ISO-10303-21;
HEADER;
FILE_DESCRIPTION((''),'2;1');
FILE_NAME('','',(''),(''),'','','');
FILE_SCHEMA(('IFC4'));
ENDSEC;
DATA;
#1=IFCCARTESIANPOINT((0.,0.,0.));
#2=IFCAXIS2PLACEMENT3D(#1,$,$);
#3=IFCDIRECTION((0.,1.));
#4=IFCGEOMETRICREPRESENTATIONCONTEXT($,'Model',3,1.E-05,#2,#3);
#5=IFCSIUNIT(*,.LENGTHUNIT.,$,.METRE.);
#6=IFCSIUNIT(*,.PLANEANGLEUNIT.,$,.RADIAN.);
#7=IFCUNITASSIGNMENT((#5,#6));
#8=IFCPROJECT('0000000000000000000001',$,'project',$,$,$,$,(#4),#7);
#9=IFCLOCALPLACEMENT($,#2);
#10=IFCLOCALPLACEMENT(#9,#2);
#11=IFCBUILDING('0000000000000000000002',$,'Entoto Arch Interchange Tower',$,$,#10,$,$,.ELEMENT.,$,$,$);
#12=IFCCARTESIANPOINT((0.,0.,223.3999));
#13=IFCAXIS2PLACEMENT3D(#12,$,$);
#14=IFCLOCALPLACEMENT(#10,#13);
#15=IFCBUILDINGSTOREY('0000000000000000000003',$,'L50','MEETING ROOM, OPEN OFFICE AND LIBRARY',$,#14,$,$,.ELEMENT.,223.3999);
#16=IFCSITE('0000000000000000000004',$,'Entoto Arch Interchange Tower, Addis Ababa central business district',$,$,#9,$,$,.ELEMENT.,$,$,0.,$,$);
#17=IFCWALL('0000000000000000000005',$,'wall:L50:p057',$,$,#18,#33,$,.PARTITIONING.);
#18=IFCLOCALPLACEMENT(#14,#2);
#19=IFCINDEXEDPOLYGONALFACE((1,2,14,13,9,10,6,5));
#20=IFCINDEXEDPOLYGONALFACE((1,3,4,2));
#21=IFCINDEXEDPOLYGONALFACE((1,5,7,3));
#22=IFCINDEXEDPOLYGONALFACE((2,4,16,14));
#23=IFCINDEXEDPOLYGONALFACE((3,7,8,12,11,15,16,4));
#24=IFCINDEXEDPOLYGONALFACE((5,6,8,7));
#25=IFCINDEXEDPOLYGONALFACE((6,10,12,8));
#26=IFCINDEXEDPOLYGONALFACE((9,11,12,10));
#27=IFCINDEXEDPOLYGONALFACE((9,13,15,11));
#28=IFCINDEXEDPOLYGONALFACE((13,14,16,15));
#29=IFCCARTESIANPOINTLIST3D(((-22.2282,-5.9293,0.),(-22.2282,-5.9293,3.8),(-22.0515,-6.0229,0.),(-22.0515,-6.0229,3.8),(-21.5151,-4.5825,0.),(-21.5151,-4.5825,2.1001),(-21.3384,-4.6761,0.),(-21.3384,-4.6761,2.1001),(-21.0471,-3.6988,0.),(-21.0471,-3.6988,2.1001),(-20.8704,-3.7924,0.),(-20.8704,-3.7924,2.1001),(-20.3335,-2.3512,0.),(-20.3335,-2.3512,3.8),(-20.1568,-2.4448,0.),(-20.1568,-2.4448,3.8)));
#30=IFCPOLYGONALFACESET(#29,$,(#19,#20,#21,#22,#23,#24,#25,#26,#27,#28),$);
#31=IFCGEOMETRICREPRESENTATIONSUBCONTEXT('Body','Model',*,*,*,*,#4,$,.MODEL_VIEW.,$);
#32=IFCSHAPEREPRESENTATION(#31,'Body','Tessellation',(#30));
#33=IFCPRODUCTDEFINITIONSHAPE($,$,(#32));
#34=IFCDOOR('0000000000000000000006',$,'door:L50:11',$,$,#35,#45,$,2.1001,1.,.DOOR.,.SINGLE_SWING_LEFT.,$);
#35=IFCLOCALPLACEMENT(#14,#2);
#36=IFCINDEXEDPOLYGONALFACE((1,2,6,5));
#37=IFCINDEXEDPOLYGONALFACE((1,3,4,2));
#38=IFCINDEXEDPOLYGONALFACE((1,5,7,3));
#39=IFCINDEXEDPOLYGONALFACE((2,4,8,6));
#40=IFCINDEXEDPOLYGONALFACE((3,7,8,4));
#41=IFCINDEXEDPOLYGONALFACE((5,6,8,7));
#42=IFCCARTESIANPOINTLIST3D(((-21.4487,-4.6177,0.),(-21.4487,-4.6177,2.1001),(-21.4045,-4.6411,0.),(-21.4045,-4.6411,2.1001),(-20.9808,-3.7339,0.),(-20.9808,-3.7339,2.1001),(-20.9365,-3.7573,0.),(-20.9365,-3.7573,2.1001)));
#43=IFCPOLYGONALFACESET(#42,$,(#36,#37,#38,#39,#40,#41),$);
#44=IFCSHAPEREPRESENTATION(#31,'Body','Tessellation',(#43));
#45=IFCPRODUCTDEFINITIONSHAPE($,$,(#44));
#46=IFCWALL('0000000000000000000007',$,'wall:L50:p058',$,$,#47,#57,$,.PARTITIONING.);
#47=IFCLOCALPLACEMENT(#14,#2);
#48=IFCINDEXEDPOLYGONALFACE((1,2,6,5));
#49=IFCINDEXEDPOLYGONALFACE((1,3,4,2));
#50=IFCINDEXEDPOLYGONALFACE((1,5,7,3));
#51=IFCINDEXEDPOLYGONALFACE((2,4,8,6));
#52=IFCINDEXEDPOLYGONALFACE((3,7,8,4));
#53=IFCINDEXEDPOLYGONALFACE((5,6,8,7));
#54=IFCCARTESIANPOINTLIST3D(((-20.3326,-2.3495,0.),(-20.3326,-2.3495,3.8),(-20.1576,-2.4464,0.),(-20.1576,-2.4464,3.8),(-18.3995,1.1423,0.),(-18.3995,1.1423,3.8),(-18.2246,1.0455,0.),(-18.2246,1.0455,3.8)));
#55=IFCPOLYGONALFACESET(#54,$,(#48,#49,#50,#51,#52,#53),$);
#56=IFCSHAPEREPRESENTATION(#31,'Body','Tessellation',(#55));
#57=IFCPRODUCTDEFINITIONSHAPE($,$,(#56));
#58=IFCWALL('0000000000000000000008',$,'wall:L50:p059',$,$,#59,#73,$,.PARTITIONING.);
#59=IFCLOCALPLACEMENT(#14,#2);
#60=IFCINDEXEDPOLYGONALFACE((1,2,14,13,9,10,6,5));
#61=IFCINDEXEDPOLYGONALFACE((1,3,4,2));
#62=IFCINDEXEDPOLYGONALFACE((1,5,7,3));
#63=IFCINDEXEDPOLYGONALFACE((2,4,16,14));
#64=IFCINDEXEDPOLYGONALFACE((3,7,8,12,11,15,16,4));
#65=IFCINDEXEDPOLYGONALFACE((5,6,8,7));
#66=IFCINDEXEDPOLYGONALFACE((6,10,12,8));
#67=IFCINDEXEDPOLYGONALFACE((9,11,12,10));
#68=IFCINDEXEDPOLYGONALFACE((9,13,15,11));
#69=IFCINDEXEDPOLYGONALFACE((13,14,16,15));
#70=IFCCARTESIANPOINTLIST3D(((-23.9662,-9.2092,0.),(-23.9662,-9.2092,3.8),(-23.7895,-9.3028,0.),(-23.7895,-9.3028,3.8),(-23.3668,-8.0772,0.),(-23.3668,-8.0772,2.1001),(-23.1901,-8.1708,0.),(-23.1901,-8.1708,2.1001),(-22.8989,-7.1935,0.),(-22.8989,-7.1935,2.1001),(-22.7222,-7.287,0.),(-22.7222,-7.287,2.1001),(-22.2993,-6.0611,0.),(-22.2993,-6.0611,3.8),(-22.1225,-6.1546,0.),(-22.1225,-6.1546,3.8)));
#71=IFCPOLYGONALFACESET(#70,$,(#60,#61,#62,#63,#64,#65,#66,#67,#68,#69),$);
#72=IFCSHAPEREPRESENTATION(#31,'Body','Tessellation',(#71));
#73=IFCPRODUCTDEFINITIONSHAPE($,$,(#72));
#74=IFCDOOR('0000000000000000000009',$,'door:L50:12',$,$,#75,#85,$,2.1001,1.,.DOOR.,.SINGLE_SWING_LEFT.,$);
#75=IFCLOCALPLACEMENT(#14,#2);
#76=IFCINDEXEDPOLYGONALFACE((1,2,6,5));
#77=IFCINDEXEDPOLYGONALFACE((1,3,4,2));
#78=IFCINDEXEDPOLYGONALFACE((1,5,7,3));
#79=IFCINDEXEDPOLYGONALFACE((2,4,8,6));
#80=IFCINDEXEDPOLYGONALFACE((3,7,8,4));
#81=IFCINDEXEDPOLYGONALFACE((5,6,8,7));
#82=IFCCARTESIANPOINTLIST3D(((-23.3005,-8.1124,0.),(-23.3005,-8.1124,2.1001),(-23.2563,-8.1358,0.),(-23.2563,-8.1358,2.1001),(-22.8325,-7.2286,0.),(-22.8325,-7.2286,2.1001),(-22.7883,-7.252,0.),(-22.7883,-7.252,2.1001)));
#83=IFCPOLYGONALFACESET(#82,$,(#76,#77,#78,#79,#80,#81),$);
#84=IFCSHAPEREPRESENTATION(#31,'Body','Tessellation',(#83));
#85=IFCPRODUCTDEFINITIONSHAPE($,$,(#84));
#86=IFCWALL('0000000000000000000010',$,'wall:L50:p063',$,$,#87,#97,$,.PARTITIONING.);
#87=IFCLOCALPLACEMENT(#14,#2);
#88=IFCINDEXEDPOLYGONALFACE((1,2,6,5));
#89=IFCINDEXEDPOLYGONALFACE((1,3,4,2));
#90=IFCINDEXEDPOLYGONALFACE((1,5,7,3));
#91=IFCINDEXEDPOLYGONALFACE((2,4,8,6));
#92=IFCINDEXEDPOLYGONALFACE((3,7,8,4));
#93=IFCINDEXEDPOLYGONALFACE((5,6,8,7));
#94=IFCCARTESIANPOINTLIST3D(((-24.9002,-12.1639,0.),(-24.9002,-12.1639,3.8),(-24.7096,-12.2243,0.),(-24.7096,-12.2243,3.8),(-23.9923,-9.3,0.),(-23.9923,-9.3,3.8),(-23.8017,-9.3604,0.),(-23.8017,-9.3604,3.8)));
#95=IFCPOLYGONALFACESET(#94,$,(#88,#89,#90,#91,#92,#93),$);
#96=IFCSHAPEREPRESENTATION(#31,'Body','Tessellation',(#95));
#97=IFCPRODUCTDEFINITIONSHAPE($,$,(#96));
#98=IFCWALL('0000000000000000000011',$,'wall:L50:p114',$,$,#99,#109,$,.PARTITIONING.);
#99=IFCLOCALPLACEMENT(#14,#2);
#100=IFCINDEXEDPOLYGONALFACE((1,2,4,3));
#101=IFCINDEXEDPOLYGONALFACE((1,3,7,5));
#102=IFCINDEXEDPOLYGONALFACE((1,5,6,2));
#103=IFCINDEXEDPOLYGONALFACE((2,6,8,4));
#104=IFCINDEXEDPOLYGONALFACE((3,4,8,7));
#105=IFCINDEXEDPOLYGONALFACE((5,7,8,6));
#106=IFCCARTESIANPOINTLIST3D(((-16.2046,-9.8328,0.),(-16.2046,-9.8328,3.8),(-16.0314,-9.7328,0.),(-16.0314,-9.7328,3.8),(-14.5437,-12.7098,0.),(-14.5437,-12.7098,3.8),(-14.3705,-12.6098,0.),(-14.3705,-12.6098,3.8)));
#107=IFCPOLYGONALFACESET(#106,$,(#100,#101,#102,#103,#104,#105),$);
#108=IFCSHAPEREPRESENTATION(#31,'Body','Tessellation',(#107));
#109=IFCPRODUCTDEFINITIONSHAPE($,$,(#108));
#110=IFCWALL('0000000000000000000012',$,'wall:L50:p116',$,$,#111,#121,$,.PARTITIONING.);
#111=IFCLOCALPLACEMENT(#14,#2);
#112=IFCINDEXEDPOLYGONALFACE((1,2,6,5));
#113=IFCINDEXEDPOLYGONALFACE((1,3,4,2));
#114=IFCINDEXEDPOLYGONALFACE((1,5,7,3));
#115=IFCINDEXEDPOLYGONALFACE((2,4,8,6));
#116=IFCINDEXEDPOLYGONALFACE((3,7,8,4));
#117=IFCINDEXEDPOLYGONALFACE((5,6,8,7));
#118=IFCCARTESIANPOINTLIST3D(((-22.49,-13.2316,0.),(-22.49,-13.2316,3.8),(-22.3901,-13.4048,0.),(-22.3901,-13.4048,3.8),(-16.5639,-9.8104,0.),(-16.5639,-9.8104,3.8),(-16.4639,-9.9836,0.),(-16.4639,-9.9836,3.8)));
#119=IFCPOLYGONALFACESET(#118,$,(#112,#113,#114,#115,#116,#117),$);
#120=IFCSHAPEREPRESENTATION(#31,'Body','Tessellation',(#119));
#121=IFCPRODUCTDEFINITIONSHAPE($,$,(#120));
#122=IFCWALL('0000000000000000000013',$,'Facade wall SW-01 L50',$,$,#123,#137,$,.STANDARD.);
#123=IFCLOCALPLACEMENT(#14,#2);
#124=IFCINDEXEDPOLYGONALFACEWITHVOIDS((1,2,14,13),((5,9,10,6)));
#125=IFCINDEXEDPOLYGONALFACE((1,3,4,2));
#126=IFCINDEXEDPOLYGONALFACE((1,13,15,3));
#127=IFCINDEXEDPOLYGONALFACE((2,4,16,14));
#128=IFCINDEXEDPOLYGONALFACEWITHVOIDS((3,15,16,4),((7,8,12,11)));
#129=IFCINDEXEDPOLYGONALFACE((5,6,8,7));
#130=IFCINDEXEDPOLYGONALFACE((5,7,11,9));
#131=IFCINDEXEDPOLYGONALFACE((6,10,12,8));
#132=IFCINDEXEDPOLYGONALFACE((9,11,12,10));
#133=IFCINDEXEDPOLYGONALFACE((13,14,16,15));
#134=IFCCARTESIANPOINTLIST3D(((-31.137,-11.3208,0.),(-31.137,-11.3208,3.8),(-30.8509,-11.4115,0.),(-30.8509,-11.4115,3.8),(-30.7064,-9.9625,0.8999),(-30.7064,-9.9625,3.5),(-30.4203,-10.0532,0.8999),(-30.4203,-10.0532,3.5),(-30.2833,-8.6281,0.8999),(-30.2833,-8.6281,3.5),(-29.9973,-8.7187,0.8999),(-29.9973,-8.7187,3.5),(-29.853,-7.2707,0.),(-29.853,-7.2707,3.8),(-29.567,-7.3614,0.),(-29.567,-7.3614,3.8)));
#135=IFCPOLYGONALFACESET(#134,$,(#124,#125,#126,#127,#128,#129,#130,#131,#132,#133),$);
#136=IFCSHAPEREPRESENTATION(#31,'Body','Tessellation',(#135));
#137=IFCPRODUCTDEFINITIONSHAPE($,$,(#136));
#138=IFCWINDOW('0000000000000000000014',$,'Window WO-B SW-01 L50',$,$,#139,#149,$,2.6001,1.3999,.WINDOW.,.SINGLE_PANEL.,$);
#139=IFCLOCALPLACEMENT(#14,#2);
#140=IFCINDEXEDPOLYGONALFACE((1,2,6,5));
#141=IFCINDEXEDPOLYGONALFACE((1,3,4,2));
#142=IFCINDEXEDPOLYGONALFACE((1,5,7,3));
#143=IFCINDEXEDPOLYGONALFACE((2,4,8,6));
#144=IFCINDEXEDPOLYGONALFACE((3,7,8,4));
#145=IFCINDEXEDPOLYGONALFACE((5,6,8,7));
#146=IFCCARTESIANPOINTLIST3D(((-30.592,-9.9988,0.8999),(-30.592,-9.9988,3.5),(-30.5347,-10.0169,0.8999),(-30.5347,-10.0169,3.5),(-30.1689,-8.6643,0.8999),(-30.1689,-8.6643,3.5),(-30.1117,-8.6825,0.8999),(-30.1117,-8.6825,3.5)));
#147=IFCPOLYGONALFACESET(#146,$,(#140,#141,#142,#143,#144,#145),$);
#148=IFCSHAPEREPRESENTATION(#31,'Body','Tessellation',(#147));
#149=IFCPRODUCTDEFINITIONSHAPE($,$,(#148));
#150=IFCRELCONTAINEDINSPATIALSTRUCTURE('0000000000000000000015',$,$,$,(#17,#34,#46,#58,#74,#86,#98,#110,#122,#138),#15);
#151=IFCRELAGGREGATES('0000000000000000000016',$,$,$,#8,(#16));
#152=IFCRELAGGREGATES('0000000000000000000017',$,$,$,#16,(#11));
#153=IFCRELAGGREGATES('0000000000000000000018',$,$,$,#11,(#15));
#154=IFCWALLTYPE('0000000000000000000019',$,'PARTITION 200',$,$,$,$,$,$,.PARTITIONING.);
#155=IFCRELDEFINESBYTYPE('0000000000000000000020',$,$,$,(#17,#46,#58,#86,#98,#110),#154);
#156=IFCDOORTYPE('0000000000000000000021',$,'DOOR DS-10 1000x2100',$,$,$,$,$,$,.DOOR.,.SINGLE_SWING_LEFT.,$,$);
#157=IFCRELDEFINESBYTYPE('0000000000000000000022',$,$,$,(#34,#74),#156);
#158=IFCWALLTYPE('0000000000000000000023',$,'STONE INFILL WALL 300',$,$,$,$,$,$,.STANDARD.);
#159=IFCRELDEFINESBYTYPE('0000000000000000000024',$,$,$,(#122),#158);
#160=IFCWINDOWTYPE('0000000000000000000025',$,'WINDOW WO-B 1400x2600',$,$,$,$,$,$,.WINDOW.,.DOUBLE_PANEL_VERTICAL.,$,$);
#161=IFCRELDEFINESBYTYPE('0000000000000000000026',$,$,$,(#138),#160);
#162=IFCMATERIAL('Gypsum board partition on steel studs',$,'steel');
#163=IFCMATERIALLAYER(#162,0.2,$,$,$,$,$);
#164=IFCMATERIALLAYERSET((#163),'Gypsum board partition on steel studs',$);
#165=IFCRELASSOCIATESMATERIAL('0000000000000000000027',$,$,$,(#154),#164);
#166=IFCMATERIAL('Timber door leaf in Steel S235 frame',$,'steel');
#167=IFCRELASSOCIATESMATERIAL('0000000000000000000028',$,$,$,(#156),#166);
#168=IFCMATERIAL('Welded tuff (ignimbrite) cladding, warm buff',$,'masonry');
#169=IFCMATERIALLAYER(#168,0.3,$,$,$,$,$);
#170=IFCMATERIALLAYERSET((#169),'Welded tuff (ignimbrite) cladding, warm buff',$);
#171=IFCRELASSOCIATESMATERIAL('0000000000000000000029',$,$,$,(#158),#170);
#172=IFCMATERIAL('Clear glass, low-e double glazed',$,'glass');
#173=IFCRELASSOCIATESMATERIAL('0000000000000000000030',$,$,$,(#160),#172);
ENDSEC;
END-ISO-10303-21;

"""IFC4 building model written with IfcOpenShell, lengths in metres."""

from ifc_helpers import new_model, si_unit, direction, frame, frame_2d, origin, place, context, subcontext, project, spatial, rectangle, extrude, material, layer, layer_set, type_object, element, fill, save


model = new_model("IFC4")

# Units and contexts
model_context = context("Model", 3, precision=1e-05, world=origin(), true_north=direction((0.0, 1.0)))
body_context = subcontext(model_context, "Body", "Model", "MODEL_VIEW")
ifc_project = project(units=[si_unit("LENGTHUNIT", "METRE"), si_unit("PLANEANGLEUNIT", "RADIAN")], contexts=[model_context])

# Site, building, storey
site_placement = place(None, origin())
site = spatial("IfcSite", under=ifc_project, at=site_placement, Name="Entoto Arch Interchange Tower, Addis Ababa central business district", CompositionType="ELEMENT", RefElevation=0.0)
building_placement = place(site_placement, origin())
building = spatial("IfcBuilding", under=site, at=building_placement, Name="Entoto Arch Interchange Tower", CompositionType="ELEMENT")
storey_placement = place(building_placement, frame((0.0, 0.0, 223.3999)))
storey = spatial("IfcBuildingStorey", under=building, at=storey_placement, Name="L50", Description="MEETING ROOM, OPEN OFFICE AND LIBRARY", CompositionType="ELEMENT", Elevation=223.3999)

# Shared definitions
ifc_material_1 = material(Name="Gypsum board partition on steel studs", Category="steel")
ifc_layer_1 = layer(ifc_material_1, 0.2)
ifc_layer_set_1 = layer_set([ifc_layer_1], Name="Gypsum board partition on steel studs")
wall_type_1 = type_object("IfcWallType", Name="PARTITION 200", PredefinedType="PARTITIONING", material=ifc_layer_set_1)

# Shared definitions
ifc_material_2 = material(Name="Timber door leaf in Steel S235 frame", Category="steel")
door_type = type_object("IfcDoorType", Name="DOOR DS-10 1000x2100", OperationType="SINGLE_SWING_LEFT", PredefinedType="DOOR", material=ifc_material_2)

# Wall, opening, door
wall_1_placement = place(storey_placement, frame((-22.1399, -5.9761, 0.0), z_axis=(0.0, 0.0, 1.0), x_axis=(0.467979, 0.88374, 0.0)))
wall_1 = element("IfcWall", 1, at=wall_1_placement, inside=storey, type_object=wall_type_1, Name="wall:L50:p057", PredefinedType="PARTITIONING", context=body_context, shape_type="SweptSolid", body=[
    extrude(rectangle(XDim=4.0488, YDim=0.2, at=frame_2d((2.0244, 0.0))), origin(), (0.0, 0.0, 1.0), 3.8),
])
opening_1_placement = place(wall_1_placement, frame((1.5239, 0.0, 0.0)))
opening_1 = element("IfcOpeningElement", 2, at=opening_1_placement, cuts=wall_1, PredefinedType="OPENING", context=body_context, shape_type="SweptSolid", body=[
    extrude(rectangle(XDim=1.0, YDim=2.1001, at=frame_2d((0.5, 1.05))), frame((0.0, 0.1099, 0.0), z_axis=(0.0, -1.0, 0.0), x_axis=(1.0, 0.0, 0.0)), (0.0, 0.0, 1.0), 0.22),
])
door_1_placement = place(opening_1_placement, origin())
door_1 = element("IfcDoor", 3, at=door_1_placement, inside=storey, type_object=door_type, Name="door:L50:11", OperationType="SINGLE_SWING_LEFT", OverallHeight=2.1001, OverallWidth=1.0, PredefinedType="DOOR", context=body_context, shape_type="SweptSolid", body=[
    extrude(rectangle(XDim=1.0, YDim=2.1001, at=frame_2d((0.5, 1.05))), frame((0.0, 0.0249, 0.0), z_axis=(0.0, -1.0, 0.0), x_axis=(1.0, 0.0, 0.0)), (0.0, 0.0, 1.0), 0.05),
])
fill(opening_1, door_1)

# Wall
wall_2_placement = place(storey_placement, frame((-20.2451, -2.3979, 0.0), z_axis=(0.0, 0.0, 1.0), x_axis=(0.484328, 0.874886, 0.0)))
element("IfcWall", 4, at=wall_2_placement, inside=storey, type_object=wall_type_1, Name="wall:L50:p058", PredefinedType="PARTITIONING", context=body_context, shape_type="SweptSolid", body=[
    extrude(rectangle(XDim=3.9912, YDim=0.2, at=frame_2d((1.9956, 0.0))), origin(), (0.0, 0.0, 1.0), 3.8),
])

# Wall, opening, door
wall_3_placement = place(storey_placement, frame((-23.8779, -9.2561, 0.0), z_axis=(0.0, 0.0, 1.0), x_axis=(0.467954, 0.883753, 0.0)))
wall_3 = element("IfcWall", 5, at=wall_3_placement, inside=storey, type_object=wall_type_1, Name="wall:L50:p059", PredefinedType="PARTITIONING", context=body_context, shape_type="SweptSolid", body=[
    extrude(rectangle(XDim=3.5623, YDim=0.2, at=frame_2d((1.7812, 0.0))), origin(), (0.0, 0.0, 1.0), 3.8),
])
opening_2_placement = place(wall_3_placement, frame((1.281, 0.0, 0.0)))
opening_2 = element("IfcOpeningElement", 6, at=opening_2_placement, cuts=wall_3, PredefinedType="OPENING", context=body_context, shape_type="SweptSolid", body=[
    extrude(rectangle(XDim=1.0, YDim=2.1001, at=frame_2d((0.5, 1.05))), frame((0.0, 0.1099, 0.0), z_axis=(0.0, -1.0, 0.0), x_axis=(1.0, 0.0, 0.0)), (0.0, 0.0, 1.0), 0.22),
])
door_2_placement = place(opening_2_placement, origin())
door_2 = element("IfcDoor", 7, at=door_2_placement, inside=storey, type_object=door_type, Name="door:L50:12", OperationType="SINGLE_SWING_LEFT", OverallHeight=2.1001, OverallWidth=1.0, PredefinedType="DOOR", context=body_context, shape_type="SweptSolid", body=[
    extrude(rectangle(XDim=1.0, YDim=2.1001, at=frame_2d((0.5, 1.05))), frame((0.0, 0.0249, 0.0), z_axis=(0.0, -1.0, 0.0), x_axis=(1.0, 0.0, 0.0)), (0.0, 0.0, 1.0), 0.05),
])
fill(opening_2, door_2)

# Walls
wall_4_placement = place(storey_placement, frame((-24.8049, -12.1941, 0.0), z_axis=(0.0, 0.0, 1.0), x_axis=(0.302201, 0.953244, 0.0)))
element("IfcWall", 8, at=wall_4_placement, inside=storey, type_object=wall_type_1, Name="wall:L50:p063", PredefinedType="PARTITIONING", context=body_context, shape_type="SweptSolid", body=[
    extrude(rectangle(XDim=3.0044, YDim=0.2, at=frame_2d((1.5022, 0.0))), origin(), (0.0, 0.0, 1.0), 3.8),
])
wall_5_placement = place(storey_placement, frame((-14.457, -12.6599, 0.0), z_axis=(0.0, 0.0, 1.0), x_axis=(-0.499973, 0.866041, 0.0)))
element("IfcWall", 9, at=wall_5_placement, inside=storey, type_object=wall_type_1, Name="wall:L50:p114", PredefinedType="PARTITIONING", context=body_context, shape_type="SweptSolid", body=[
    extrude(rectangle(XDim=3.322, YDim=0.2, at=frame_2d((1.6611, 0.0))), origin(), (0.0, 0.0, 1.0), 3.8),
])
wall_6_placement = place(storey_placement, frame((-16.5139, -9.897, 0.0), z_axis=(0.0, 0.0, 1.0), x_axis=(-0.866041, -0.499973, 0.0)))
element("IfcWall", 10, at=wall_6_placement, inside=storey, type_object=wall_type_1, Name="wall:L50:p116", PredefinedType="PARTITIONING", context=body_context, shape_type="SweptSolid", body=[
    extrude(rectangle(XDim=6.8428, YDim=0.2, at=frame_2d((3.4214, 0.0))), origin(), (0.0, 0.0, 1.0), 3.8),
])

# Wall, opening, window
ifc_material_3 = material(Name="Welded tuff (ignimbrite) cladding, warm buff", Category="masonry")
ifc_layer_2 = layer(ifc_material_3, 0.3)
ifc_layer_set_2 = layer_set([ifc_layer_2], Name="Welded tuff (ignimbrite) cladding, warm buff")
wall_type_2 = type_object("IfcWallType", Name="STONE INFILL WALL 300", PredefinedType="STANDARD", material=ifc_layer_set_2)
wall_7_placement = place(storey_placement, frame((-29.71, -7.3159, 0.0), z_axis=(0.0, 0.0, 1.0), x_axis=(-0.302195, -0.953246, 0.0)))
wall_7 = element("IfcWall", 11, at=wall_7_placement, inside=storey, type_object=wall_type_2, Name="Facade wall SW-01 L50", PredefinedType="STANDARD", context=body_context, shape_type="SweptSolid", body=[
    extrude(rectangle(XDim=4.2488, YDim=0.3, at=frame_2d((2.1245, 0.0))), origin(), (0.0, 0.0, 1.0), 3.8),
])
opening_3_placement = place(wall_7_placement, frame((1.4241, 0.0, 0.8999)))
opening_3 = element("IfcOpeningElement", 12, at=opening_3_placement, cuts=wall_7, PredefinedType="OPENING", context=body_context, shape_type="SweptSolid", body=[
    extrude(rectangle(XDim=1.3999, YDim=2.6001, at=frame_2d((0.7, 1.3))), frame((0.0, 0.1602, 0.0), z_axis=(0.0, -1.0, 0.0), x_axis=(1.0, 0.0, 0.0)), (0.0, 0.0, 1.0), 0.3201),
])
ifc_material_4 = material(Name="Clear glass, low-e double glazed", Category="glass")
window_type = type_object("IfcWindowType", Name="WINDOW WO-B 1400x2600", PartitioningType="DOUBLE_PANEL_VERTICAL", PredefinedType="WINDOW", material=ifc_material_4)
window_1_placement = place(opening_3_placement, origin())
window_1 = element("IfcWindow", 13, at=window_1_placement, inside=storey, type_object=window_type, Name="Window WO-B SW-01 L50", OverallHeight=2.6001, OverallWidth=1.3999, PartitioningType="SINGLE_PANEL", PredefinedType="WINDOW", context=body_context, shape_type="SweptSolid", body=[
    extrude(rectangle(XDim=1.3999, YDim=2.6001, at=frame_2d((0.7, 1.3))), frame((0.0, 0.03, 0.0), z_axis=(0.0, -1.0, 0.0), x_axis=(1.0, 0.0, 0.0)), (0.0, 0.0, 1.0), 0.0601),
])
fill(opening_3, window_1)

save(model, "model.ifc")
